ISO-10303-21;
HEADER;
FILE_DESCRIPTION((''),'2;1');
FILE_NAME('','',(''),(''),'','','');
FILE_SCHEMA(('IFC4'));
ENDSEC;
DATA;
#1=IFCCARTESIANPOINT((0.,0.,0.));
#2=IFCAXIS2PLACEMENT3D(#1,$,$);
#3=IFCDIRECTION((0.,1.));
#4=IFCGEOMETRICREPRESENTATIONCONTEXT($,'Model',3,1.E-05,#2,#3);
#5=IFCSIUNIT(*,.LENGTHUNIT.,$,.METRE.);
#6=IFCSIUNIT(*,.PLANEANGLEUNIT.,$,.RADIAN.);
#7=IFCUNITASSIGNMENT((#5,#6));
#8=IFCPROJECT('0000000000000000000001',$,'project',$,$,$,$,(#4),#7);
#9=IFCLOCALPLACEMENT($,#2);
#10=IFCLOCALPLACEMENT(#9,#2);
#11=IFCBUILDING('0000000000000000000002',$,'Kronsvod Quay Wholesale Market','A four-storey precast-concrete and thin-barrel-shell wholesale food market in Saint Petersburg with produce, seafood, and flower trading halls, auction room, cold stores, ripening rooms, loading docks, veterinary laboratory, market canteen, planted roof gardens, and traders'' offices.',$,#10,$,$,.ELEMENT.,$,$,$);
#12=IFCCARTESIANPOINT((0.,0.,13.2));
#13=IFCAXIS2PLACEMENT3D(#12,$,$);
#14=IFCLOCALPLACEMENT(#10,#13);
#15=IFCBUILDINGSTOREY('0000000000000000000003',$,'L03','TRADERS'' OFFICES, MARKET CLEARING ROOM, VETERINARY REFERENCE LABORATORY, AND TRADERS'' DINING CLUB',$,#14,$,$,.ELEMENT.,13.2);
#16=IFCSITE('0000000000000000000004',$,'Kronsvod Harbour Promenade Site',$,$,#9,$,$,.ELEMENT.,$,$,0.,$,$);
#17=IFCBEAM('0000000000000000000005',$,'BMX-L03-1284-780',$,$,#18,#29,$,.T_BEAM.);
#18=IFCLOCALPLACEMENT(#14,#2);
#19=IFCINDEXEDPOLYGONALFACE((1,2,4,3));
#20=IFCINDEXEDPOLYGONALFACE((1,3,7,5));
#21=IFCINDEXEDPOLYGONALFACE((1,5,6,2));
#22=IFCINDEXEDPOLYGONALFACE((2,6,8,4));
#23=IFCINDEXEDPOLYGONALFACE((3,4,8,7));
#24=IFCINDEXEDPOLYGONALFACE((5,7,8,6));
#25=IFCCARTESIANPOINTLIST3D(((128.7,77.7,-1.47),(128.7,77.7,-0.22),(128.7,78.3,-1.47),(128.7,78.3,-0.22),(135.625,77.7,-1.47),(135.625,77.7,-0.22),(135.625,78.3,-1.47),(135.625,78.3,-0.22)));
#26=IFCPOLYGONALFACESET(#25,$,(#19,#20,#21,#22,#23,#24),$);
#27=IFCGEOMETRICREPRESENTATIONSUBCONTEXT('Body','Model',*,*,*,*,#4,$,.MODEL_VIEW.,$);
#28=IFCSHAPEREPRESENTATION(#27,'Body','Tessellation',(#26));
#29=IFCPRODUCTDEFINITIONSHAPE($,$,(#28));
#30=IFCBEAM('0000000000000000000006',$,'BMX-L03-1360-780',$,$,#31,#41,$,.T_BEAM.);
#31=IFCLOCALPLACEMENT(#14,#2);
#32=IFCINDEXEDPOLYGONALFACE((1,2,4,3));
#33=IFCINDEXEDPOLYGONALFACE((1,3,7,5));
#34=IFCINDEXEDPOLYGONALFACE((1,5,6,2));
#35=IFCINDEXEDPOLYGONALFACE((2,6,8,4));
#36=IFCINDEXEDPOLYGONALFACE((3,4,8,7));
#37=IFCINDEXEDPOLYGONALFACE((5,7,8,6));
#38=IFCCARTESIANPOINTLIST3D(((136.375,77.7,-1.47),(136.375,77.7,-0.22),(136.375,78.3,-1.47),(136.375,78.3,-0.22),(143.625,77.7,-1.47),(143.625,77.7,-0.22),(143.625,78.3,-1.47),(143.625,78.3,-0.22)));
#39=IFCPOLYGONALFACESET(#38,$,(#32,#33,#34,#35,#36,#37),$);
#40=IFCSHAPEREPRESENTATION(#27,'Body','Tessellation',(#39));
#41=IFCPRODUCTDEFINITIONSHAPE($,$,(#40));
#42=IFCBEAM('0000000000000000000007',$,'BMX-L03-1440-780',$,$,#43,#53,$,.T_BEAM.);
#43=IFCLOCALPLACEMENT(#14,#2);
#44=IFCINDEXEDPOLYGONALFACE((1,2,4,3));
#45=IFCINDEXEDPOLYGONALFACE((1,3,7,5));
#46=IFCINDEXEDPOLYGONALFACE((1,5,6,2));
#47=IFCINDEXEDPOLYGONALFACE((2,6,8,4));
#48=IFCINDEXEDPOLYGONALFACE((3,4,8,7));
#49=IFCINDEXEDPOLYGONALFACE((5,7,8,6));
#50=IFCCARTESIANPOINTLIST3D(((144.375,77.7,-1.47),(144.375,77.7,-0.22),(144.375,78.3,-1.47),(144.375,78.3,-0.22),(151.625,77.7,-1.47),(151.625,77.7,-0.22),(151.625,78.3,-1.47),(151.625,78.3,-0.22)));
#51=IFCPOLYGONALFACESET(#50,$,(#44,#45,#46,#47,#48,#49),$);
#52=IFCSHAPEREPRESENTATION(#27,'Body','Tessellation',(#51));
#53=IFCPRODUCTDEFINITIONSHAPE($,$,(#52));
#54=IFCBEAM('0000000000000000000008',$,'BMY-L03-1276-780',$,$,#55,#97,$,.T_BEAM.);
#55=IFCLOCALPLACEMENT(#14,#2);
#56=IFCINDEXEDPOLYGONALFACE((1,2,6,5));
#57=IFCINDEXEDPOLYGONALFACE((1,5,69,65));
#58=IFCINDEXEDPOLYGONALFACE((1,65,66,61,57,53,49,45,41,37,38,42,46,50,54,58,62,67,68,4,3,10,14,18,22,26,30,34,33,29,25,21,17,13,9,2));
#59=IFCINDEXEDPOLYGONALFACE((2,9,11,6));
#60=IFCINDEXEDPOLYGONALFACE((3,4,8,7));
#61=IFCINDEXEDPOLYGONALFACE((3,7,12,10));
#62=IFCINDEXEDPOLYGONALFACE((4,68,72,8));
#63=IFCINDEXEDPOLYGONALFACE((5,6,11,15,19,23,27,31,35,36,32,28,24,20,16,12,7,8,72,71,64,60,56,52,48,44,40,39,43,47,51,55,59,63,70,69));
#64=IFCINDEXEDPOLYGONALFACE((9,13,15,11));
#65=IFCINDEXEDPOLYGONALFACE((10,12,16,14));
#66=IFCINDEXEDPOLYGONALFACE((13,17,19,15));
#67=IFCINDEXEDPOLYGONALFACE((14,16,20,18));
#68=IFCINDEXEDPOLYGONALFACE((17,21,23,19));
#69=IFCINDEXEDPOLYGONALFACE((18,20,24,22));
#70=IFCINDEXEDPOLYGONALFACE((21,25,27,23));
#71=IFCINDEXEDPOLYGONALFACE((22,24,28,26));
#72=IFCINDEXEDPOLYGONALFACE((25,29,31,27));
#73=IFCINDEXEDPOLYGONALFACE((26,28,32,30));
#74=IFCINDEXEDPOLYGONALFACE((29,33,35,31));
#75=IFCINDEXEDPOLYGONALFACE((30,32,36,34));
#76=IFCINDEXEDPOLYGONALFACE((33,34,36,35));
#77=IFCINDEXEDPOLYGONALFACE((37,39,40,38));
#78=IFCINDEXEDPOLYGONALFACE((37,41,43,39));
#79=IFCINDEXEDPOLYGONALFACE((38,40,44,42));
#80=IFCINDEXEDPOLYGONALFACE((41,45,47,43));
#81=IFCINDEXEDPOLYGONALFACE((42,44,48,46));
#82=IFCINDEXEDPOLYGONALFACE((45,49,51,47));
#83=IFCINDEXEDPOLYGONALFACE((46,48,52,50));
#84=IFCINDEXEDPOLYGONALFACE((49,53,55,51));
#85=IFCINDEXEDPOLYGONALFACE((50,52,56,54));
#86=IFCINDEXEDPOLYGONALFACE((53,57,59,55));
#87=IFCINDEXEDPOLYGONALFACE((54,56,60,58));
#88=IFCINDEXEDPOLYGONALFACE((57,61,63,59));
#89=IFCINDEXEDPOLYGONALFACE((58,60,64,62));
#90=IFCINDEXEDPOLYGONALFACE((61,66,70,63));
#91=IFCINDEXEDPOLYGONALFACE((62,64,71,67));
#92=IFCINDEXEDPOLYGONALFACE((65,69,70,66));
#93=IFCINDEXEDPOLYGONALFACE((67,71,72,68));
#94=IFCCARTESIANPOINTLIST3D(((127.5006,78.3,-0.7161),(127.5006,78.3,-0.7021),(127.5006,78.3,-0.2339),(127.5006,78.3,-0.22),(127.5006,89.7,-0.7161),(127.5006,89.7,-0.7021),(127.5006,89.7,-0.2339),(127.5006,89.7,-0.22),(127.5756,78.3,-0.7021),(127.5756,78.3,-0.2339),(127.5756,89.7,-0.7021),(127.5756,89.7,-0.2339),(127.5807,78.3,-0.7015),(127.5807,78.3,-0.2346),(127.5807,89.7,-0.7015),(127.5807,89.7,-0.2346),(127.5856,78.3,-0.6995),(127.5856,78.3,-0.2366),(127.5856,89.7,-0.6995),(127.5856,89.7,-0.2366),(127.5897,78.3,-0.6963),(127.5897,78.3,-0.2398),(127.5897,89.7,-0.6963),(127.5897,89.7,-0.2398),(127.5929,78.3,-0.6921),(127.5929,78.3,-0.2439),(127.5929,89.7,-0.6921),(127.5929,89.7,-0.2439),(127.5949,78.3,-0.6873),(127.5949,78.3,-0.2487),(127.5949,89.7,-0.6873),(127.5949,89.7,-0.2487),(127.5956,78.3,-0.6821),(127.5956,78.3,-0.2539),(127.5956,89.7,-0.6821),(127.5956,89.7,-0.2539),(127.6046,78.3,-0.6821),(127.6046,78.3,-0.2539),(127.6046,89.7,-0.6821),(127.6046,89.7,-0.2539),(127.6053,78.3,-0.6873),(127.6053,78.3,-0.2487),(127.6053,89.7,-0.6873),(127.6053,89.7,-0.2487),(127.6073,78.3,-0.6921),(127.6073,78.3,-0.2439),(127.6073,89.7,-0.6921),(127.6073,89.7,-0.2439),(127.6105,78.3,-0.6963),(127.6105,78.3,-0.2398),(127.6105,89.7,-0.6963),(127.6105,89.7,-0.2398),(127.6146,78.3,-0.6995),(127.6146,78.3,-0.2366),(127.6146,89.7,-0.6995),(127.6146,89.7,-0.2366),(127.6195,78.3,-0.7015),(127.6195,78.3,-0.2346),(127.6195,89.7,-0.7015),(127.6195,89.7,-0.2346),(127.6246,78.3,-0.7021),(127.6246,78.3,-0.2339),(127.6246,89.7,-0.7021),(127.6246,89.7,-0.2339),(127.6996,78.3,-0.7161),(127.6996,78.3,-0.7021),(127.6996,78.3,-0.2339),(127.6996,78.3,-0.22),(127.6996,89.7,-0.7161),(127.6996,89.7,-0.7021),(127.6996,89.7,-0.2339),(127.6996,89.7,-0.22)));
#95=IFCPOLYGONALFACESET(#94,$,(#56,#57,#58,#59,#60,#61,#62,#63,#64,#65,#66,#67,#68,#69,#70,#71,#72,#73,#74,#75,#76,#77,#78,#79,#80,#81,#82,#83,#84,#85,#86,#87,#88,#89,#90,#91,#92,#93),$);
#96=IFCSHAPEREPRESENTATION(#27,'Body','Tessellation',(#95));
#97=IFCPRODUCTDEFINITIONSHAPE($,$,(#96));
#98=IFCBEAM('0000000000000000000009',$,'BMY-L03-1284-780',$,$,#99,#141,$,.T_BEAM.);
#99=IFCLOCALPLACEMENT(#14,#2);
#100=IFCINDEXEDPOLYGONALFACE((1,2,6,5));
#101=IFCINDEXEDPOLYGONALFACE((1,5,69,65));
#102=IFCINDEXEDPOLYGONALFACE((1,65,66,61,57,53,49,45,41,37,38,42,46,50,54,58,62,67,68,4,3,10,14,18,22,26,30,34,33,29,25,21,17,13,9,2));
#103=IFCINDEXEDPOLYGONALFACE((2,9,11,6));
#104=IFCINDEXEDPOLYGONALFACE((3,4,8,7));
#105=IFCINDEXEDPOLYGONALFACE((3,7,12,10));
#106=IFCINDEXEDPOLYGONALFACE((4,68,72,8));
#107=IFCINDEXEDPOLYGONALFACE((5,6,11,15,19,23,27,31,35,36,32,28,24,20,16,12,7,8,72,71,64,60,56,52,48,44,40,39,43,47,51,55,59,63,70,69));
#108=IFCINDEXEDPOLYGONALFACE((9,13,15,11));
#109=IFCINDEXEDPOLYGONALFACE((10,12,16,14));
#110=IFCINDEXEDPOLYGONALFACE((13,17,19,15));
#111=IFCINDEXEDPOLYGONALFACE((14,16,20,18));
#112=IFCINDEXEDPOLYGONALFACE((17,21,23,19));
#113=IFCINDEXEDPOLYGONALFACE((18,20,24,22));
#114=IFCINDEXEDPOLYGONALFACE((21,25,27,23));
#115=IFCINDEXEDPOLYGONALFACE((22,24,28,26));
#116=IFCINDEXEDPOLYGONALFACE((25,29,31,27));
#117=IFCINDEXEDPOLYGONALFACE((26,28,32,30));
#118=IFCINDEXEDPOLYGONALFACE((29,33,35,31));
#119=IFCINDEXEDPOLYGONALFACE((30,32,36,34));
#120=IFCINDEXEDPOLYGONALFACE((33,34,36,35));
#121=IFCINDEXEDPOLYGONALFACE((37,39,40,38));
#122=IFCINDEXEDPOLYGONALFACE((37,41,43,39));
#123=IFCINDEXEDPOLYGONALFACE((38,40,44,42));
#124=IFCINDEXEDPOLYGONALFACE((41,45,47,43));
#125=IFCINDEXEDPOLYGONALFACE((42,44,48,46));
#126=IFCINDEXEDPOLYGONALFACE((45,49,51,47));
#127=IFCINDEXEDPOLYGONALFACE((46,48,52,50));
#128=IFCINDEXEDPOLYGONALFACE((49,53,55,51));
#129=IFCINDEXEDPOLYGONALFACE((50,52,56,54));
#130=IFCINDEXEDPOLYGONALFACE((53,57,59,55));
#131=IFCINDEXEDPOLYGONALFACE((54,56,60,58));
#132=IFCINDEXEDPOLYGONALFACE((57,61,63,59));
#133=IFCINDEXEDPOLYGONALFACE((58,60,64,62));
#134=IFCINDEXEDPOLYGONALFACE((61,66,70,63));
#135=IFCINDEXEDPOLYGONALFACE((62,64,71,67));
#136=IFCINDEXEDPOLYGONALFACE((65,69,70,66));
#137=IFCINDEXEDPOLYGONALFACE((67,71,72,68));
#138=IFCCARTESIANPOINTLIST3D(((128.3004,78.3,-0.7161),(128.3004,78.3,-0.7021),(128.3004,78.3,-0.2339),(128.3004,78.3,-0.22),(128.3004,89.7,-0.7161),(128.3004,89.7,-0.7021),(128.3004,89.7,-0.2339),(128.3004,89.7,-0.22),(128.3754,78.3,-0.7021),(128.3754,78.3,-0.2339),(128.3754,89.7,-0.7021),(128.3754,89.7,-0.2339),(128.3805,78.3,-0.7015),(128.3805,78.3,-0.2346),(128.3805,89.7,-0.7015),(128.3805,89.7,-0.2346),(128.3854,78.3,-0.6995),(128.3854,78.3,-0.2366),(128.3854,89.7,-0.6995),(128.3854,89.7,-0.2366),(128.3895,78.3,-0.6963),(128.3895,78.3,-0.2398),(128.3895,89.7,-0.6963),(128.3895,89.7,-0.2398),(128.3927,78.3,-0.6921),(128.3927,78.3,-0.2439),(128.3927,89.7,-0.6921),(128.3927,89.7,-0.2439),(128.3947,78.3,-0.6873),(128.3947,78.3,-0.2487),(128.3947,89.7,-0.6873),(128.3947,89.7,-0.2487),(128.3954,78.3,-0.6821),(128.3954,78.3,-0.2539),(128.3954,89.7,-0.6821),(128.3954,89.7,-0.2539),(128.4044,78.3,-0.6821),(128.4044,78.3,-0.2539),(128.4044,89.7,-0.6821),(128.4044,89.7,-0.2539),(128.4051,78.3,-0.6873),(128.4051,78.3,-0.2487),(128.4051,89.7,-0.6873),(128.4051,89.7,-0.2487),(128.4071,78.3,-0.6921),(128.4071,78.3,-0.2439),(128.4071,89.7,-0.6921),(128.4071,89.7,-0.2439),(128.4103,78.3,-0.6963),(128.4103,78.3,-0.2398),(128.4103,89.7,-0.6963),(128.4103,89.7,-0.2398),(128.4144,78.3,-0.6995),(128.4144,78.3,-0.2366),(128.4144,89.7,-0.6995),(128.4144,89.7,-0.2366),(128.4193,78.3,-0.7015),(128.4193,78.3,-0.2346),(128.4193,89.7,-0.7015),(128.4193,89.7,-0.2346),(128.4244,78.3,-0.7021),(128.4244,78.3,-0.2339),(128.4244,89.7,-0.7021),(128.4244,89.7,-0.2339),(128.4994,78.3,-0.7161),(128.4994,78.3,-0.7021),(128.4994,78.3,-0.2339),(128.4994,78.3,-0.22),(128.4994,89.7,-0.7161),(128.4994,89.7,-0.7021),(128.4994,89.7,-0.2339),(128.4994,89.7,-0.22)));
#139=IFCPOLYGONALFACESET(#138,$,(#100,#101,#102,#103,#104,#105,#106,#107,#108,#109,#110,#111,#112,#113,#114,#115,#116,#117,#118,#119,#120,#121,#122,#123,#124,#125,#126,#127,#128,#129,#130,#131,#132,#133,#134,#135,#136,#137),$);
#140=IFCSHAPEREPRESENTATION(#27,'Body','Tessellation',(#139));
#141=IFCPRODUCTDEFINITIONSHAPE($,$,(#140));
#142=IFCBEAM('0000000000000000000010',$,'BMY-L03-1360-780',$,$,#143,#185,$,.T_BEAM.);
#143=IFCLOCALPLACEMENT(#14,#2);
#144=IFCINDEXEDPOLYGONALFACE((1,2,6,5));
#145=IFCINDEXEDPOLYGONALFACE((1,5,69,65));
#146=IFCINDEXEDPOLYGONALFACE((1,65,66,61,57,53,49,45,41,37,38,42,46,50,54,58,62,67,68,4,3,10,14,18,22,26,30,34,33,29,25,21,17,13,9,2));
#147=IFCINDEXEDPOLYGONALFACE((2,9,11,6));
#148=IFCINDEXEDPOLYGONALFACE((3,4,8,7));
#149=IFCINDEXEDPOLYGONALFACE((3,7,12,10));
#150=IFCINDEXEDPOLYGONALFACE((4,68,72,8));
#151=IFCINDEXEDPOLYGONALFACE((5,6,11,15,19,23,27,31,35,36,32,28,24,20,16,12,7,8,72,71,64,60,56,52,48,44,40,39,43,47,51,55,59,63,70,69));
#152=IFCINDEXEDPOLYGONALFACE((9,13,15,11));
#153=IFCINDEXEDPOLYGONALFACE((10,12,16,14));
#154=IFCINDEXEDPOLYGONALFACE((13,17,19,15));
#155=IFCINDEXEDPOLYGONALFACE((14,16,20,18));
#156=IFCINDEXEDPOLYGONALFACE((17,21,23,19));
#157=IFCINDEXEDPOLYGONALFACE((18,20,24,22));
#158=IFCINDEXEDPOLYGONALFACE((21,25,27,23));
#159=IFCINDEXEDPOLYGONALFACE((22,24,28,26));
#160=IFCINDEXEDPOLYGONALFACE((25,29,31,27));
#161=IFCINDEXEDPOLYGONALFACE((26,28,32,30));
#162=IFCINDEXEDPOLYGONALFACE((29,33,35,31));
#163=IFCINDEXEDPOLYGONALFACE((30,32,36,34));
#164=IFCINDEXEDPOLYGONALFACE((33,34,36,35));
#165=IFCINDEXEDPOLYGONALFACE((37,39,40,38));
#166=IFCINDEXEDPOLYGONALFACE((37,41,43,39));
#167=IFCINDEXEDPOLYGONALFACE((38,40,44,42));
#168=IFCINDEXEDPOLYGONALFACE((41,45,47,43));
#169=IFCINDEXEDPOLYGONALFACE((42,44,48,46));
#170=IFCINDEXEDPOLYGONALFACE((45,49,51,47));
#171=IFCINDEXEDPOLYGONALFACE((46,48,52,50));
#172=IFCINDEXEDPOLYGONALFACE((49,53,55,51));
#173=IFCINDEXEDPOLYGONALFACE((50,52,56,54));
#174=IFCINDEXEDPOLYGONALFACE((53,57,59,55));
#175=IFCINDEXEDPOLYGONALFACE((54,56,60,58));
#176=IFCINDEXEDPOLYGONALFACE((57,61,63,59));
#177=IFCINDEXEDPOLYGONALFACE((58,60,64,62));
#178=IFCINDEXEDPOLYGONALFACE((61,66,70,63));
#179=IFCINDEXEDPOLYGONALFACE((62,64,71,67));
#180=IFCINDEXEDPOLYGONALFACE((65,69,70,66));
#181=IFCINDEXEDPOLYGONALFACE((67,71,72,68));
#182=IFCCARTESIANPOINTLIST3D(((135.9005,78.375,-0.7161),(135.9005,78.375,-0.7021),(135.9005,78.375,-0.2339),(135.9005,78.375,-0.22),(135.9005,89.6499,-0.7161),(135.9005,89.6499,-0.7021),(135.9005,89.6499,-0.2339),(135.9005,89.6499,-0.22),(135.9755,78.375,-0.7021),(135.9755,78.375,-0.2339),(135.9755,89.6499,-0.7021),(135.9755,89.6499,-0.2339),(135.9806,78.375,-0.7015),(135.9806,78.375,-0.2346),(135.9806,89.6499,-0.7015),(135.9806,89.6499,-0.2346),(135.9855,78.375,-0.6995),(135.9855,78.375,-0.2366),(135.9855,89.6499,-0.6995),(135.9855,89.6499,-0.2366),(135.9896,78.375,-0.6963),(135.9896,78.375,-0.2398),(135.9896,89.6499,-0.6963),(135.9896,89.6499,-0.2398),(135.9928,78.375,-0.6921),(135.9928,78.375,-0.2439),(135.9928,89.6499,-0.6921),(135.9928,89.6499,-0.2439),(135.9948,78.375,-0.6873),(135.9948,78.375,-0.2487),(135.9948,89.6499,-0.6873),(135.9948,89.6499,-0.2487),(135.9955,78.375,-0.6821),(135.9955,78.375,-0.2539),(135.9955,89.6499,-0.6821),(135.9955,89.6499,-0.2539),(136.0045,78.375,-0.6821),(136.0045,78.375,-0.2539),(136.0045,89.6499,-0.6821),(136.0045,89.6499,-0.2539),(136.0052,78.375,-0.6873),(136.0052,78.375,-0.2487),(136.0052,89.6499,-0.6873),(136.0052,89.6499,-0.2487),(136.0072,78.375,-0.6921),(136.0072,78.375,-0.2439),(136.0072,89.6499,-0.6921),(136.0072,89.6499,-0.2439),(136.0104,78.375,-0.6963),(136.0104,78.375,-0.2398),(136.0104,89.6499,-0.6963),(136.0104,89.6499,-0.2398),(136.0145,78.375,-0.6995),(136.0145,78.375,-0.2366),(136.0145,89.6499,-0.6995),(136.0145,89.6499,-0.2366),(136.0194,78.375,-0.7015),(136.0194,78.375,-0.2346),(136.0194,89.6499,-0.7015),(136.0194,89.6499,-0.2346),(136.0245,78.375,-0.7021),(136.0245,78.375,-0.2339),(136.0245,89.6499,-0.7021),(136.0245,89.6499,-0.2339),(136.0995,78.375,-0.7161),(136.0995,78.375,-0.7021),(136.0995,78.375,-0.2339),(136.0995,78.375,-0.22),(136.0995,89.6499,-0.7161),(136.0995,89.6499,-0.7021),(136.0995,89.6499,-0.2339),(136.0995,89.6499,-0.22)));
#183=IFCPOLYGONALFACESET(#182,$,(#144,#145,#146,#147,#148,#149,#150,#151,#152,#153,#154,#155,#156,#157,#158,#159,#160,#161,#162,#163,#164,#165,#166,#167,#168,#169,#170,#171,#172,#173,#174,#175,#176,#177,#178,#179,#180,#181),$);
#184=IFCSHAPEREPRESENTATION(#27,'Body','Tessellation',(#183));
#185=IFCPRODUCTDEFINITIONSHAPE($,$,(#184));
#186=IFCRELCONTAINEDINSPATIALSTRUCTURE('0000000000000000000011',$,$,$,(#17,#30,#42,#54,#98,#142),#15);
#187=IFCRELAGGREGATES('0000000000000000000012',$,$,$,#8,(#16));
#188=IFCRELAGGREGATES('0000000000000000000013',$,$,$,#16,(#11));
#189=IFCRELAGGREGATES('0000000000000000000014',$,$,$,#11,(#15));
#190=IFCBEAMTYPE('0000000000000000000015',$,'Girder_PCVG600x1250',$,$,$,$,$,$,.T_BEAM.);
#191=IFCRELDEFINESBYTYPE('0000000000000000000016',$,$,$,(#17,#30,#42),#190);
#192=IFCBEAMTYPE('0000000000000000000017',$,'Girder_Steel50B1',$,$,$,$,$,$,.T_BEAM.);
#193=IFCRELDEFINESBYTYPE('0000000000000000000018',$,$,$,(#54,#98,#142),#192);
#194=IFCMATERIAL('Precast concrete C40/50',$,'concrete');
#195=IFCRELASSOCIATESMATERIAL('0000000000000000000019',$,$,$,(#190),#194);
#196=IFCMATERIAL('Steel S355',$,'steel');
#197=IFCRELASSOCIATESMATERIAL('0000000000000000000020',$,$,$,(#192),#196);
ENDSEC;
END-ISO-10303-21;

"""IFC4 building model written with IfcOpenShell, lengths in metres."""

from ifc_helpers import new_model, si_unit, direction, frame, origin, origin_2d, place, context, subcontext, project, spatial, rectangle, i_section, extrude, material, material_profile, profile_set, type_object, element, save


model = new_model("IFC4")

# Units and contexts
model_context = context("Model", 3, precision=1e-05, world=origin(), true_north=direction((0.0, 1.0)))
body_context = subcontext(model_context, "Body", "Model", "MODEL_VIEW")
ifc_project = project(units=[si_unit("LENGTHUNIT", "METRE"), si_unit("PLANEANGLEUNIT", "RADIAN")], contexts=[model_context])

# Site, building, storey
site_placement = place(None, origin())
site = spatial("IfcSite", under=ifc_project, at=site_placement, Name="Kronsvod Harbour Promenade Site", CompositionType="ELEMENT", RefElevation=0.0)
building_placement = place(site_placement, origin())
building = spatial("IfcBuilding", under=site, at=building_placement, Name="Kronsvod Quay Wholesale Market", Description="A four-storey precast-concrete and thin-barrel-shell wholesale food market in Saint Petersburg with produce, seafood, and flower trading halls, auction room, cold stores, ripening rooms, loading docks, veterinary laboratory, market canteen, planted roof gardens, and traders' offices.", CompositionType="ELEMENT")
storey_placement = place(building_placement, frame((0.0, 0.0, 13.2)))
storey = spatial("IfcBuildingStorey", under=building, at=storey_placement, Name="L03", Description="TRADERS' OFFICES, MARKET CLEARING ROOM, VETERINARY REFERENCE LABORATORY, AND TRADERS' DINING CLUB", CompositionType="ELEMENT", Elevation=13.2)

# Beams
ifc_material_1 = material(Name="Precast concrete C40/50", Category="concrete")
ifc_material_profile_1 = material_profile(ifc_material_1, rectangle(XDim=0.6001, YDim=1.25, at=origin_2d()), Name="PCVG600x1250")
ifc_profile_set_1 = profile_set([ifc_material_profile_1], Name="Precast concrete C40/50")
beam_type_1 = type_object("IfcBeamType", Name="Girder_PCVG600x1250", PredefinedType="T_BEAM", material=ifc_profile_set_1)
beam_placement = place(storey_placement, frame((128.7, 78.0, -0.845), z_axis=(1.0, 0.0, 0.0), x_axis=(0.0, 1.0, 0.0)))
element("IfcBeam", 1, at=beam_placement, inside=storey, type_object=beam_type_1, Name="BMX-L03-1284-780", PredefinedType="T_BEAM", context=body_context, shape_type="SweptSolid", body=[
    extrude(rectangle(XDim=0.6001, YDim=1.25, at=origin_2d()), origin(), (0.0, 0.0, 1.0), 6.925),
])
for number, where, z_axis, x_axis, name in (
    (2, (136.375, 78.0, -0.845), (1.0, 0.0, 0.0), (0.0, 1.0, 0.0), "BMX-L03-1360-780"),
    (3, (144.375, 78.0, -0.845), (1.0, 0.0, 0.0), (0.0, 1.0, 0.0), "BMX-L03-1440-780"),
):
    element("IfcBeam", number, at=place(storey_placement, frame(where, z_axis=z_axis, x_axis=x_axis)), inside=storey, type_object=beam_type_1, Name=name, PredefinedType="T_BEAM", context=body_context, shape_type="SweptSolid", body=[
        extrude(rectangle(XDim=0.6001, YDim=1.25, at=origin_2d()), origin(), (0.0, 0.0, 1.0), 7.25),
    ])
ifc_material_2 = material(Name="Steel S355", Category="steel")
ifc_material_profile_2 = material_profile(ifc_material_2, i_section(OverallWidth=0.199, OverallDepth=0.4961, WebThickness=0.009, FlangeThickness=0.0139, FilletRadius=0.02, at=origin_2d()), Name="50B1")
ifc_profile_set_2 = profile_set([ifc_material_profile_2], Name="Steel S355")
beam_type_2 = type_object("IfcBeamType", Name="Girder_Steel50B1", PredefinedType="T_BEAM", material=ifc_profile_set_2)
for number, where, z_axis, x_axis, name in (
    (4, (127.6001, 78.3, -0.468), (0.0, 1.0, 0.0), (-1.0, 0.0, 0.0), "BMY-L03-1276-780"),
    (5, (128.3999, 78.3, -0.468), (0.0, 1.0, 0.0), (-1.0, 0.0, 0.0), "BMY-L03-1284-780"),
):
    element("IfcBeam", number, at=place(storey_placement, frame(where, z_axis=z_axis, x_axis=x_axis)), inside=storey, type_object=beam_type_2, Name=name, PredefinedType="T_BEAM", context=body_context, shape_type="SweptSolid", body=[
        extrude(i_section(OverallWidth=0.199, OverallDepth=0.4961, WebThickness=0.009, FlangeThickness=0.0139, FilletRadius=0.02, at=origin_2d()), origin(), (0.0, 0.0, 1.0), 11.3999),
    ])
for number, where, z_axis, x_axis, name in (
    (6, (136.0, 78.375, -0.468), (0.0, 1.0, 0.0), (-1.0, 0.0, 0.0), "BMY-L03-1360-780"),
):
    element("IfcBeam", number, at=place(storey_placement, frame(where, z_axis=z_axis, x_axis=x_axis)), inside=storey, type_object=beam_type_2, Name=name, PredefinedType="T_BEAM", context=body_context, shape_type="SweptSolid", body=[
        extrude(i_section(OverallWidth=0.199, OverallDepth=0.4961, WebThickness=0.009, FlangeThickness=0.0139, FilletRadius=0.02, at=origin_2d()), origin(), (0.0, 0.0, 1.0), 11.2749),
    ])

save(model, "model.ifc")
